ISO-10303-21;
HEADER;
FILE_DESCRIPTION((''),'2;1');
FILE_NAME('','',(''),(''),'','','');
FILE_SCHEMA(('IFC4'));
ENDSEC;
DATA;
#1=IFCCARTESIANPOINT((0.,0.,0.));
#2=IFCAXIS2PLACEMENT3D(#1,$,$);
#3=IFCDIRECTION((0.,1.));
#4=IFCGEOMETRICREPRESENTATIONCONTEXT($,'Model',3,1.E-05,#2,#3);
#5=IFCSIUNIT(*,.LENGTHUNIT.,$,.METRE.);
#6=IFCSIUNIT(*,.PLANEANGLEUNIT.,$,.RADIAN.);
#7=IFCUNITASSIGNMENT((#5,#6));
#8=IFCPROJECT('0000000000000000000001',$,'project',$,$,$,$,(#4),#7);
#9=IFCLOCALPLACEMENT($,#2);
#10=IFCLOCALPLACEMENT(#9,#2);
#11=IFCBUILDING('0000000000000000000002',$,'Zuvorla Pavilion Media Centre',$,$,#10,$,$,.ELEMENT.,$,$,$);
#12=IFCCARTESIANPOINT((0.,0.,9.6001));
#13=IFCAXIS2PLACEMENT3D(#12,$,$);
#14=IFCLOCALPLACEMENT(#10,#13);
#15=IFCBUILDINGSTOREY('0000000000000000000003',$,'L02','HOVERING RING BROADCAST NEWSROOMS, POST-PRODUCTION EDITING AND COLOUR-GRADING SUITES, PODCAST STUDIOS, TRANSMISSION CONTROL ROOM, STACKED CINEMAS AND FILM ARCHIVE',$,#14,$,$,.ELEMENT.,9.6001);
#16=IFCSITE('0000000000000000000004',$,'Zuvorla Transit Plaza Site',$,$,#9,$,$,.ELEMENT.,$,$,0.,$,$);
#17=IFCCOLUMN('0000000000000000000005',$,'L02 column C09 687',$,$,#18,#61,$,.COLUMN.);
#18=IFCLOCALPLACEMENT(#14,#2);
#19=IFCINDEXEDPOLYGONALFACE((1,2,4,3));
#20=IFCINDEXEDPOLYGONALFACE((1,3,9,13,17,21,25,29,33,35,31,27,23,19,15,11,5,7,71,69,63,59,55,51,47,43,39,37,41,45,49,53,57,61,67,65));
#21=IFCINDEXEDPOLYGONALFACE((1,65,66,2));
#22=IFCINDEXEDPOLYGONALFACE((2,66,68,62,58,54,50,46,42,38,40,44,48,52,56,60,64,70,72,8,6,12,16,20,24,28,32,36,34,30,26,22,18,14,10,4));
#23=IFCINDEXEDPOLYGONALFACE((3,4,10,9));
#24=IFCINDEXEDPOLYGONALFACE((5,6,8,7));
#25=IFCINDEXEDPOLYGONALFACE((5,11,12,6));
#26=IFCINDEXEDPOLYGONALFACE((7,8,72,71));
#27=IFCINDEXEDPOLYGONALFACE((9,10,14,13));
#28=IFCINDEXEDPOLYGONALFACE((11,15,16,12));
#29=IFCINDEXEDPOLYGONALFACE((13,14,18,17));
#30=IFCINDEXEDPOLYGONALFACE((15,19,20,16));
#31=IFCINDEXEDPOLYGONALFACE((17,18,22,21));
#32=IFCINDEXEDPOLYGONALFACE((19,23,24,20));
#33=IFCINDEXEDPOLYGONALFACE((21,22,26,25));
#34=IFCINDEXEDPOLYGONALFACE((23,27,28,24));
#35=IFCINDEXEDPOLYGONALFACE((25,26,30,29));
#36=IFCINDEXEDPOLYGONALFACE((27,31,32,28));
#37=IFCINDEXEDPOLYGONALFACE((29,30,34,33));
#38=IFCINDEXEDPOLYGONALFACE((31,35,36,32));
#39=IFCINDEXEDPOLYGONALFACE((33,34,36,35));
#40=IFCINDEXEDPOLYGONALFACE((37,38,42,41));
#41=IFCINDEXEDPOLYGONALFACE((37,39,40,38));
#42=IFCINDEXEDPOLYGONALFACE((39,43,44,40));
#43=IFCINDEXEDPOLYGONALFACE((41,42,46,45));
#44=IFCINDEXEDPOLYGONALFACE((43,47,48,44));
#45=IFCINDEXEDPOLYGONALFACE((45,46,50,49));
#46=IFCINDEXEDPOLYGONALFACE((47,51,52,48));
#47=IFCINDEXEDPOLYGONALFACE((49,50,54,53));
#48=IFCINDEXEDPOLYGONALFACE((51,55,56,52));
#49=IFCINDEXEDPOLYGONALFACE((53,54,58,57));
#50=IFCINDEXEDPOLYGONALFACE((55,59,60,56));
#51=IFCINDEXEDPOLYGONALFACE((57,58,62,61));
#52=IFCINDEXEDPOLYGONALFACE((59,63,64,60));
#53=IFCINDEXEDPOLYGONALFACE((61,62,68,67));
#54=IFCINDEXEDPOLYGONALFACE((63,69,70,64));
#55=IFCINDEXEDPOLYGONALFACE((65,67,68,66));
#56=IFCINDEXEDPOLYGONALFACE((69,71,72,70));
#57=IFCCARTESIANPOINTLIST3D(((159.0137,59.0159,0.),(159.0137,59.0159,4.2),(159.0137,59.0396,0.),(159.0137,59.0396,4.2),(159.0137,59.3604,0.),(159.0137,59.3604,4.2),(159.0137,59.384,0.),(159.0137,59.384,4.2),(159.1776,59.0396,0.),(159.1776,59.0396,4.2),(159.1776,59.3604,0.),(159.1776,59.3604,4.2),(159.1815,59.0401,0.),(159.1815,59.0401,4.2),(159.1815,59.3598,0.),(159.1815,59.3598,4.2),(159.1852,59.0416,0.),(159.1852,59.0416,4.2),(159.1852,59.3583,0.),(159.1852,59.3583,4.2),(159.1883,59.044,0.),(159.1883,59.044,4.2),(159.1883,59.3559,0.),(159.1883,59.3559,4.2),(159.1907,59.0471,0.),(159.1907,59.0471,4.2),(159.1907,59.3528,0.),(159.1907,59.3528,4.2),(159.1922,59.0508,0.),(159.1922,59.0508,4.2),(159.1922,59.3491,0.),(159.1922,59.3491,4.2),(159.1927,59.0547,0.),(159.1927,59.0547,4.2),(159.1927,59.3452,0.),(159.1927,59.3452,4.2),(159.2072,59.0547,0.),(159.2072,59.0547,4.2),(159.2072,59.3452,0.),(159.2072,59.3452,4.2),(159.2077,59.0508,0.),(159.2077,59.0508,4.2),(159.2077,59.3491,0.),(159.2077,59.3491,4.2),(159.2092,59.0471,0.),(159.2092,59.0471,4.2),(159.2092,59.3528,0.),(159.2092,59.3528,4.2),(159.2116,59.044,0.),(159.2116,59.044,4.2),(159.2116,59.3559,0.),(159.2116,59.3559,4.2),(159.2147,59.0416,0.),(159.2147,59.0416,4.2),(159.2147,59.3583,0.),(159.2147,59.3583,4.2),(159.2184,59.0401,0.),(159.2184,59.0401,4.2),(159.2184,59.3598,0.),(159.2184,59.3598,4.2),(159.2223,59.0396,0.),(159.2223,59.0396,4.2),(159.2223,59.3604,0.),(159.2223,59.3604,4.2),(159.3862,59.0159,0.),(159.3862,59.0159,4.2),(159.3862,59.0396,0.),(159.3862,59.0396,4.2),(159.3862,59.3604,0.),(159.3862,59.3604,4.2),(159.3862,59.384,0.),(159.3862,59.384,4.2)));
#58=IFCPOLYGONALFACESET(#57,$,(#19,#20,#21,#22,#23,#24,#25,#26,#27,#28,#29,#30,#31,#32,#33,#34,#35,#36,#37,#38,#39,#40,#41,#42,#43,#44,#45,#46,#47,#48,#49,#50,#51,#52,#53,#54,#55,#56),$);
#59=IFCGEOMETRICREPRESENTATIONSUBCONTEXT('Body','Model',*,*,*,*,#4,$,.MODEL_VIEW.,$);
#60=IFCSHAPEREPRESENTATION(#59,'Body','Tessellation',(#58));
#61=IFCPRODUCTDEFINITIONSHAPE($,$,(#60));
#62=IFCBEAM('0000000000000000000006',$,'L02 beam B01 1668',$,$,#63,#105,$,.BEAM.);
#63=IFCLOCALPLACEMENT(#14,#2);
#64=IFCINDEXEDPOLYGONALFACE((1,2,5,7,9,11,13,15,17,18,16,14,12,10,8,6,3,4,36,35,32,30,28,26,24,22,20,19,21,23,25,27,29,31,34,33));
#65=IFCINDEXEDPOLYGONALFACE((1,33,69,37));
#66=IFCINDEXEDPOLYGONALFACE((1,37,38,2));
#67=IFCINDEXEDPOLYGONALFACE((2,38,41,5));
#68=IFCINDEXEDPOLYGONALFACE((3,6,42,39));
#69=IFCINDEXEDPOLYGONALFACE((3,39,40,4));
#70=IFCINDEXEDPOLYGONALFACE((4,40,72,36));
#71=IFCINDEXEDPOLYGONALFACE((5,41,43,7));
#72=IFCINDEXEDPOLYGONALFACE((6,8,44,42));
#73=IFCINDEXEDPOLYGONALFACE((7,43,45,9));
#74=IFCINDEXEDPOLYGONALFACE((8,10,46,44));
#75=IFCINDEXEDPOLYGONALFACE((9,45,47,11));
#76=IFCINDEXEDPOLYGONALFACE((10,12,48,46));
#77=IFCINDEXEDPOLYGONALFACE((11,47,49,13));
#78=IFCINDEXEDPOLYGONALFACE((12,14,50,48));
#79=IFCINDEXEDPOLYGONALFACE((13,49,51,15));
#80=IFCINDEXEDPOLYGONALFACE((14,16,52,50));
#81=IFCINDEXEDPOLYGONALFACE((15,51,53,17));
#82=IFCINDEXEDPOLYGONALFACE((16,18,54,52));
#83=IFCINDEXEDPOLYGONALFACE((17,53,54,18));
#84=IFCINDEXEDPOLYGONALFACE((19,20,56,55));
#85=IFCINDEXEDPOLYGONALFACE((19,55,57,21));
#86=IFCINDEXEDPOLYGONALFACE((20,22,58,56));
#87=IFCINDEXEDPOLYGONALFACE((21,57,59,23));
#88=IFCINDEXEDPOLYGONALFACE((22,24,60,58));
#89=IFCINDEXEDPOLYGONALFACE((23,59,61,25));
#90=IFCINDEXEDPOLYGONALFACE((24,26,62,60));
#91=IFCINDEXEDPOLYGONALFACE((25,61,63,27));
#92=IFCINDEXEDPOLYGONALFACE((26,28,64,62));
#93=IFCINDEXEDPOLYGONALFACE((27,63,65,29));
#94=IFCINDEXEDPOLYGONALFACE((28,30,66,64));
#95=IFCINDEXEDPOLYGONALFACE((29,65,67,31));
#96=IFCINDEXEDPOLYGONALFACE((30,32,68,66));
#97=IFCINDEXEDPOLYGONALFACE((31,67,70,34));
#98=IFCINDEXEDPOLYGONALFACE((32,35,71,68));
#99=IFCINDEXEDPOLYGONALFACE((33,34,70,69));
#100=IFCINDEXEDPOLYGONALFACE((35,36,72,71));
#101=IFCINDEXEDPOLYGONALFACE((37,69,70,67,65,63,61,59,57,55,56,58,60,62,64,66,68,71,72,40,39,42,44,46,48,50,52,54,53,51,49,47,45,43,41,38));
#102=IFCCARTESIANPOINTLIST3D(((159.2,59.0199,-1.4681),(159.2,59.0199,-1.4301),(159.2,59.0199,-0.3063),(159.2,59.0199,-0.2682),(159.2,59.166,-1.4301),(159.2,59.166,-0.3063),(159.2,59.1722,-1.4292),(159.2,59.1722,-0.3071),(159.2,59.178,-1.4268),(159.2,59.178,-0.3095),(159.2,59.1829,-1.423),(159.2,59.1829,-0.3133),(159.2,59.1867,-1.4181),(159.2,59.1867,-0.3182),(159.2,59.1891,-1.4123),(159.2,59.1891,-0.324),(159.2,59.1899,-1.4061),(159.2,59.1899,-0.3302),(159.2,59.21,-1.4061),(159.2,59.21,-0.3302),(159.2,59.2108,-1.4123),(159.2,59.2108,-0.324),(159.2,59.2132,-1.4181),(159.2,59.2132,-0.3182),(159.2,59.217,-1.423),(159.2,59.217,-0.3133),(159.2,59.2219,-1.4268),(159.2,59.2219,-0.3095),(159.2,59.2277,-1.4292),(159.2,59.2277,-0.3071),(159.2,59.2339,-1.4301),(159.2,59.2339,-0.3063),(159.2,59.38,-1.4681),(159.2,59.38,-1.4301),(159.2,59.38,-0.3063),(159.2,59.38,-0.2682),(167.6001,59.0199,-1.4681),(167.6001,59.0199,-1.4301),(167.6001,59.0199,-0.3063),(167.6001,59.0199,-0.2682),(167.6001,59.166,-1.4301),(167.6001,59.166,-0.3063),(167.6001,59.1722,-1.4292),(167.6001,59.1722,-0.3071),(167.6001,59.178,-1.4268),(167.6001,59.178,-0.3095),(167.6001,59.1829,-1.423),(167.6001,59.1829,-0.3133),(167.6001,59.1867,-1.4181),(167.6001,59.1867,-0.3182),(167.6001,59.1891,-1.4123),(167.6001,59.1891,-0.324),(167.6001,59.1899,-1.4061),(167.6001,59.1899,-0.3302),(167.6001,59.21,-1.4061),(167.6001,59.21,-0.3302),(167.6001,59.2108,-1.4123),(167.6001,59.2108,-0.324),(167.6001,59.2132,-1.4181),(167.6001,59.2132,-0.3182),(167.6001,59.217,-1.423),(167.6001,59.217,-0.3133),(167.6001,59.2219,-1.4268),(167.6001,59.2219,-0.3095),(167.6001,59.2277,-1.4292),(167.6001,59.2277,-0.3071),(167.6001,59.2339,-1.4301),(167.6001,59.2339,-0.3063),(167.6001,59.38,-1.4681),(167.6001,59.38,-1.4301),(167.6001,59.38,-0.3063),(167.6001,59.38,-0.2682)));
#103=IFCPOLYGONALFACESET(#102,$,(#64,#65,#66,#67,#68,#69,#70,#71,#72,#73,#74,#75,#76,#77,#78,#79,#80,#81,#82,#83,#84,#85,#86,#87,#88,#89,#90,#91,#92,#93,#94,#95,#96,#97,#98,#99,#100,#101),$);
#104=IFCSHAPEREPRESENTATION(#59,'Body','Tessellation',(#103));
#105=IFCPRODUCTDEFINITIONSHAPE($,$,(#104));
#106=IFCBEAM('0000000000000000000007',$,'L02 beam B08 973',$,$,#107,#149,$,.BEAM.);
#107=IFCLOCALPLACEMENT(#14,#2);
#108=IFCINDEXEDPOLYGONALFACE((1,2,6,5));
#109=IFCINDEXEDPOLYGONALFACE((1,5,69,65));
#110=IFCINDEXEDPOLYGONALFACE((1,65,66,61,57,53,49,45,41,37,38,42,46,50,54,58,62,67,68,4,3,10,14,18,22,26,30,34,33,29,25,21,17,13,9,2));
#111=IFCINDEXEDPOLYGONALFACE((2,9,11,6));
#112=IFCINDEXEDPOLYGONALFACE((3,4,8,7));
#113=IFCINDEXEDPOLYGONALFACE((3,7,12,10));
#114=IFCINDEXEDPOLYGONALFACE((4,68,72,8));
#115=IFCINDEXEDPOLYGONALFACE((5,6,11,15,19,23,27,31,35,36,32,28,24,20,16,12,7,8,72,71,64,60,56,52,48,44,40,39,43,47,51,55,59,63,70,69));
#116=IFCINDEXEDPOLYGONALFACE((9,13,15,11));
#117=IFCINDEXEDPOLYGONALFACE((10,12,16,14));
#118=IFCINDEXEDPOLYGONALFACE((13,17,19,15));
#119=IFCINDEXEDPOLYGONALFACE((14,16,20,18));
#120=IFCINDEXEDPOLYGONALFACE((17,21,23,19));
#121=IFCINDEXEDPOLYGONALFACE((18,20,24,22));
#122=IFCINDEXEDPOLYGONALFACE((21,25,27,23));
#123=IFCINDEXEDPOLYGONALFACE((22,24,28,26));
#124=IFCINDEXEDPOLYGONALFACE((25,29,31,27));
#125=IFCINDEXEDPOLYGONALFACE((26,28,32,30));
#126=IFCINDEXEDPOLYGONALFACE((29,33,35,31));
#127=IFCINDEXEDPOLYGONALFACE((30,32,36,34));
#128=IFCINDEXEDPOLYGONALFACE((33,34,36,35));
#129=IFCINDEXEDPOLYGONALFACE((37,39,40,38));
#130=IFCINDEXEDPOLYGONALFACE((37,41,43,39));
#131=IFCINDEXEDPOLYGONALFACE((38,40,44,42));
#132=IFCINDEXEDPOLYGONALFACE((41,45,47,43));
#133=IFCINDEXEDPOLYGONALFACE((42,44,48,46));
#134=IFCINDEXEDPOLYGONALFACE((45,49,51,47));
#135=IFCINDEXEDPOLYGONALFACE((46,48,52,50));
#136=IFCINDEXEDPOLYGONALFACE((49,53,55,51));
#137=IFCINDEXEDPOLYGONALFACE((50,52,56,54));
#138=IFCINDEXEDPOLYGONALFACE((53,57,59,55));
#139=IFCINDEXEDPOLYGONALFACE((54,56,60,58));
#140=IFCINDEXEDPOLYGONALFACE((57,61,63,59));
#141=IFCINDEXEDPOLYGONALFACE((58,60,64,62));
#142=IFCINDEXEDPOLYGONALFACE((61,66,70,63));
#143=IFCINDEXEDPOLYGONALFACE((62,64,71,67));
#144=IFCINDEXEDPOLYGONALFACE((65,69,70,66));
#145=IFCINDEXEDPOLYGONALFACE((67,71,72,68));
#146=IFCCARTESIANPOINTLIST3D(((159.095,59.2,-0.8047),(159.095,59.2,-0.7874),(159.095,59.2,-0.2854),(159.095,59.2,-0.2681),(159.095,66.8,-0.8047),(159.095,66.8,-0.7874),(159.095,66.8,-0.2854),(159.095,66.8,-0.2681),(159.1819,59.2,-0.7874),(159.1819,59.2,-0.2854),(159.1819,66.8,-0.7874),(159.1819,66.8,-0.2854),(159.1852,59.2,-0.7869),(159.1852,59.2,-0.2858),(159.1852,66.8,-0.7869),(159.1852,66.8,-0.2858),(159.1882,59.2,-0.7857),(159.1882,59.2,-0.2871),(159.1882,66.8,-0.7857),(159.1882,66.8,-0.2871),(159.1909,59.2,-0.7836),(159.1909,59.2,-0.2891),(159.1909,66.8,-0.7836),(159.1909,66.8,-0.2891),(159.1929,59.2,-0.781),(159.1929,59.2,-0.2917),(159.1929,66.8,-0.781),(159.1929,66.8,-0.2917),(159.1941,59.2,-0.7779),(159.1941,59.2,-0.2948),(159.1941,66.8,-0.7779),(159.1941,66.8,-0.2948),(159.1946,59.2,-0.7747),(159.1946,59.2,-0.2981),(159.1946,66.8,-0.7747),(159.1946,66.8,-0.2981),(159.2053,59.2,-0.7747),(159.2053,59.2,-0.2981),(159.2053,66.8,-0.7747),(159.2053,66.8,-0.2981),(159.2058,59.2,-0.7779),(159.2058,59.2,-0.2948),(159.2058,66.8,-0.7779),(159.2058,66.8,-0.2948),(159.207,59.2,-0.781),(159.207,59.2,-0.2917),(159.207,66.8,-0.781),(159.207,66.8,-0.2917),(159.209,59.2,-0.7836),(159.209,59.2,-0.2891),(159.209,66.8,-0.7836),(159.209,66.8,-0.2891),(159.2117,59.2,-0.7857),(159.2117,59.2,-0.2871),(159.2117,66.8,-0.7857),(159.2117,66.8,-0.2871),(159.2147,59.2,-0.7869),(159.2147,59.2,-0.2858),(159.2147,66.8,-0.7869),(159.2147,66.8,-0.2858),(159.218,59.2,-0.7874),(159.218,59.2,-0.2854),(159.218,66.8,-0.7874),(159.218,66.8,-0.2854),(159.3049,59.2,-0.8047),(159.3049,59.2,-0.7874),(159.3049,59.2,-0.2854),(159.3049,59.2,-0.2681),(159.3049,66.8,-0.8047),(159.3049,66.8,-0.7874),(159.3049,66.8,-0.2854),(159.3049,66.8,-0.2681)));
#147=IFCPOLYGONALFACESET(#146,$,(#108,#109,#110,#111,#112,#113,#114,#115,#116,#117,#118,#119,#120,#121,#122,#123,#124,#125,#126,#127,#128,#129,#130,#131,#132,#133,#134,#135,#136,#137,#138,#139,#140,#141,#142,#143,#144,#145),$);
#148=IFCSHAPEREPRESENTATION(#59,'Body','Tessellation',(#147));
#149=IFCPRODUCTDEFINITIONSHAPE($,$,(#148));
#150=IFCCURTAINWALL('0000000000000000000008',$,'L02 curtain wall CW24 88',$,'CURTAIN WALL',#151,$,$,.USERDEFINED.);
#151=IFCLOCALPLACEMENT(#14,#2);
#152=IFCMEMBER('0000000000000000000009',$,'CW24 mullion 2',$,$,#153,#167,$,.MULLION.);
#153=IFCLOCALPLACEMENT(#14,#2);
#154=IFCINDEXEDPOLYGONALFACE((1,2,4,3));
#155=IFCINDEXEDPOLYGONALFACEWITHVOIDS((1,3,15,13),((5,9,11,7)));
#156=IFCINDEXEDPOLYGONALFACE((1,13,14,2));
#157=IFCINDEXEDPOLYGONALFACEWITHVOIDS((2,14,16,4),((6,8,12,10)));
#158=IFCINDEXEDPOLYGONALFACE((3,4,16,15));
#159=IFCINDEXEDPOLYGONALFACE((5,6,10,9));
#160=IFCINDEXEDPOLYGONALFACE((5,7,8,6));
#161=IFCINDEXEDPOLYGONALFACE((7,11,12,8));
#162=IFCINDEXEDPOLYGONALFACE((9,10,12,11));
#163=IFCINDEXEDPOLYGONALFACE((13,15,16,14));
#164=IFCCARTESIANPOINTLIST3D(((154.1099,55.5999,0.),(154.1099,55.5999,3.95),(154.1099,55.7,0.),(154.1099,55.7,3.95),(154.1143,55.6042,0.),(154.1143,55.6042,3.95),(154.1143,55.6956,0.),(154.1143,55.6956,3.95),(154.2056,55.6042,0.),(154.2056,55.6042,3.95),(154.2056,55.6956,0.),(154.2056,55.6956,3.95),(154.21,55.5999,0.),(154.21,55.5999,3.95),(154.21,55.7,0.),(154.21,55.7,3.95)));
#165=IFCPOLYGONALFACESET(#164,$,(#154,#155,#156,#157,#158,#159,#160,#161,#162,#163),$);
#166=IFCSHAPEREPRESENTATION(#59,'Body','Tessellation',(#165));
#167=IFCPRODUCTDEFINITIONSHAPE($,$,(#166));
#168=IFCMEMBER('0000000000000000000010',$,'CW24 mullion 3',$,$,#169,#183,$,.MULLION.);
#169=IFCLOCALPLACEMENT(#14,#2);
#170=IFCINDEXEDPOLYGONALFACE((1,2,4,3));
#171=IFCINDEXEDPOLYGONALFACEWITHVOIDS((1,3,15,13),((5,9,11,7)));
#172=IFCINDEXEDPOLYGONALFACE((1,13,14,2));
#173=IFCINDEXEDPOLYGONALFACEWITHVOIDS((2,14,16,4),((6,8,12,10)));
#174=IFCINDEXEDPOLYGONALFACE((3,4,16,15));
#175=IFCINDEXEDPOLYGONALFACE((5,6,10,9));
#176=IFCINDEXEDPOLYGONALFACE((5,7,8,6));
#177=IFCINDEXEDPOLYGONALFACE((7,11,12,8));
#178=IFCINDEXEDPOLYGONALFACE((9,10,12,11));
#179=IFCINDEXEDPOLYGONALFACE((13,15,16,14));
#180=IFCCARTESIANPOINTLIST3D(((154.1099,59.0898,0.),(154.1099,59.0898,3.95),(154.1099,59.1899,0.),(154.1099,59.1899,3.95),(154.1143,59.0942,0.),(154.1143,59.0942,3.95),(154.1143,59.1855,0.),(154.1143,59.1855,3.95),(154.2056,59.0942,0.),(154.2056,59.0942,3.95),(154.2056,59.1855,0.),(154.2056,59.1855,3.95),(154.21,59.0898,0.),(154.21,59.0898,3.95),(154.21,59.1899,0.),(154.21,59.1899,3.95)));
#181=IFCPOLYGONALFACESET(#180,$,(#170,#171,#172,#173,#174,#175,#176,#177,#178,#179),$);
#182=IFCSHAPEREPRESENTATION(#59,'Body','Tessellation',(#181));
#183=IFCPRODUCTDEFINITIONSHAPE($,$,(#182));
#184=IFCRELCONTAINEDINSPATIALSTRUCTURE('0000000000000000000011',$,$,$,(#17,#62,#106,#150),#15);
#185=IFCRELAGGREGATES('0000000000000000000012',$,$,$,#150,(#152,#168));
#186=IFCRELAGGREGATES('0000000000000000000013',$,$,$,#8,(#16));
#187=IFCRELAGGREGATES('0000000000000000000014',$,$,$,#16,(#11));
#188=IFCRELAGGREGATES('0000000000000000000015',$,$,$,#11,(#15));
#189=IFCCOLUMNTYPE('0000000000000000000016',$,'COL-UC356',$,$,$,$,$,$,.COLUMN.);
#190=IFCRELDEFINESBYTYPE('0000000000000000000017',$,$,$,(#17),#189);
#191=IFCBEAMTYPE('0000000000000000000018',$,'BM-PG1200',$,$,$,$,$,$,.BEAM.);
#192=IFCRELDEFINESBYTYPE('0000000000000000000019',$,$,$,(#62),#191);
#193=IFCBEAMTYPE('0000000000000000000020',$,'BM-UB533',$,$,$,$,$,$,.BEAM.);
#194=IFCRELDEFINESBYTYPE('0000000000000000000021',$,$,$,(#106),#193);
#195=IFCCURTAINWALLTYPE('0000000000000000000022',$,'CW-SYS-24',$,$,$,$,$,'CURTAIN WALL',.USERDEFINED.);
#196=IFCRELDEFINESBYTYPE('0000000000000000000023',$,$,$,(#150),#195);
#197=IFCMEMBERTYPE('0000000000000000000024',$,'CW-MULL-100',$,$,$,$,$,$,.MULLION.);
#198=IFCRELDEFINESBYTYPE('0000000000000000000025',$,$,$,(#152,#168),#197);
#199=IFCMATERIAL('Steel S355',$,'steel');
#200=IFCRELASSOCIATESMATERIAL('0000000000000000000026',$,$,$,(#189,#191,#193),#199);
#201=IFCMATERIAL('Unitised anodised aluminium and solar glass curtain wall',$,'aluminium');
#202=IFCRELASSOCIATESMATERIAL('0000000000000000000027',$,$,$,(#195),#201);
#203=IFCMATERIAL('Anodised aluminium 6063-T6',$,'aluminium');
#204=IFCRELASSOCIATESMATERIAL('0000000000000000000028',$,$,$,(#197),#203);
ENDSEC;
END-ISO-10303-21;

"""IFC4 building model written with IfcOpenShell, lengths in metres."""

from ifc_helpers import new_model, si_unit, direction, frame, origin, origin_2d, place, context, subcontext, project, spatial, hollow_rectangle, i_section, extrude, material, material_profile, profile_set, type_object, element, aggregate, save


model = new_model("IFC4")

# Units and contexts
model_context = context("Model", 3, precision=1e-05, world=origin(), true_north=direction((0.0, 1.0)))
body_context = subcontext(model_context, "Body", "Model", "MODEL_VIEW")
ifc_project = project(units=[si_unit("LENGTHUNIT", "METRE"), si_unit("PLANEANGLEUNIT", "RADIAN")], contexts=[model_context])

# Site, building, storey
site_placement = place(None, origin())
site = spatial("IfcSite", under=ifc_project, at=site_placement, Name="Zuvorla Transit Plaza Site", CompositionType="ELEMENT", RefElevation=0.0)
building_placement = place(site_placement, origin())
building = spatial("IfcBuilding", under=site, at=building_placement, Name="Zuvorla Pavilion Media Centre", CompositionType="ELEMENT")
storey_placement = place(building_placement, frame((0.0, 0.0, 9.6001)))
storey = spatial("IfcBuildingStorey", under=building, at=storey_placement, Name="L02", Description="HOVERING RING BROADCAST NEWSROOMS, POST-PRODUCTION EDITING AND COLOUR-GRADING SUITES, PODCAST STUDIOS, TRANSMISSION CONTROL ROOM, STACKED CINEMAS AND FILM ARCHIVE", CompositionType="ELEMENT", Elevation=9.6001)

# Column
ifc_material_1 = material(Name="Steel S355", Category="steel")
ifc_material_profile_1 = material_profile(ifc_material_1, i_section(OverallWidth=0.3726, OverallDepth=0.3682, WebThickness=0.0144, FlangeThickness=0.0237, FilletRadius=0.0151, at=origin_2d()), Name="UC 356x368x177")
ifc_profile_set_1 = profile_set([ifc_material_profile_1], Name="Steel S355")
column_type = type_object("IfcColumnType", Name="COL-UC356", PredefinedType="COLUMN", material=ifc_profile_set_1)
column_placement = place(storey_placement, frame((159.2, 59.2, 0.0), z_axis=(0.0, 0.0, 1.0), x_axis=(1.0, 0.0, 0.0)))
element("IfcColumn", 1, at=column_placement, inside=storey, type_object=column_type, Name="L02 column C09 687", PredefinedType="COLUMN", context=body_context, shape_type="SweptSolid", body=[
    extrude(i_section(OverallWidth=0.3726, OverallDepth=0.3682, WebThickness=0.0144, FlangeThickness=0.0237, FilletRadius=0.0151, at=origin_2d()), origin(), (0.0, 0.0, 1.0), 4.2),
])

# Beams
ifc_material_profile_2 = material_profile(ifc_material_1, i_section(OverallWidth=0.3601, OverallDepth=1.2, WebThickness=0.02, FlangeThickness=0.0381, FilletRadius=0.0239, at=origin_2d()), Name="PG 1200x360x38")
ifc_profile_set_2 = profile_set([ifc_material_profile_2], Name="Steel S355")
beam_type_1 = type_object("IfcBeamType", Name="BM-PG1200", PredefinedType="BEAM", material=ifc_profile_set_2)
beam_1_placement = place(storey_placement, frame((159.2, 59.2, -0.8682), z_axis=(1.0, 0.0, 0.0), x_axis=(0.0, 1.0, 0.0)))
element("IfcBeam", 2, at=beam_1_placement, inside=storey, type_object=beam_type_1, Name="L02 beam B01 1668", PredefinedType="BEAM", context=body_context, shape_type="SweptSolid", body=[
    extrude(i_section(OverallWidth=0.3601, OverallDepth=1.2, WebThickness=0.02, FlangeThickness=0.0381, FilletRadius=0.0239, at=origin_2d()), origin(), (0.0, 0.0, 1.0), 8.4001),
])
ifc_material_profile_3 = material_profile(ifc_material_1, i_section(OverallWidth=0.21, OverallDepth=0.5366, WebThickness=0.0107, FlangeThickness=0.0173, FilletRadius=0.0127, at=origin_2d()), Name="UB 533x210x101")
ifc_profile_set_3 = profile_set([ifc_material_profile_3], Name="Steel S355")
beam_type_2 = type_object("IfcBeamType", Name="BM-UB533", PredefinedType="BEAM", material=ifc_profile_set_3)
beam_2_placement = place(storey_placement, frame((159.2, 59.2, -0.5364), z_axis=(0.0, 1.0, 0.0), x_axis=(-1.0, 0.0, 0.0)))
element("IfcBeam", 3, at=beam_2_placement, inside=storey, type_object=beam_type_2, Name="L02 beam B08 973", PredefinedType="BEAM", context=body_context, shape_type="SweptSolid", body=[
    extrude(i_section(OverallWidth=0.21, OverallDepth=0.5366, WebThickness=0.0107, FlangeThickness=0.0173, FilletRadius=0.0127, at=origin_2d()), origin(), (0.0, 0.0, 1.0), 7.6001),
])

# Curtain wall, members
ifc_material_2 = material(Name="Unitised anodised aluminium and solar glass curtain wall", Category="aluminium")
curtain_wall_type_1 = type_object("IfcCurtainWallType", Name="CW-SYS-24", ElementType="CURTAIN WALL", PredefinedType="USERDEFINED", material=ifc_material_2)
curtain_wall_1_placement = place(storey_placement, origin())
curtain_wall_1 = element("IfcCurtainWall", 4, at=curtain_wall_1_placement, inside=storey, type_object=curtain_wall_type_1, Name="L02 curtain wall CW24 88", ObjectType="CURTAIN WALL", PredefinedType="USERDEFINED")
ifc_material_3 = material(Name="Anodised aluminium 6063-T6", Category="aluminium")
ifc_material_profile_4 = material_profile(ifc_material_3, hollow_rectangle(XDim=0.1001, YDim=0.1001, WallThickness=0.0044, at=origin_2d()), Name="ALU MULL 100x100")
ifc_profile_set_4 = profile_set([ifc_material_profile_4], Name="Anodised aluminium 6063-T6")
member_type_1 = type_object("IfcMemberType", Name="CW-MULL-100", PredefinedType="MULLION", material=ifc_profile_set_4)
member_1_placement = place(storey_placement, frame((154.1599, 55.6499, 0.0), z_axis=(0.0, 0.0, 1.0), x_axis=(1.0, 0.0, 0.0)))
member_1 = element("IfcMember", 5, at=member_1_placement, type_object=member_type_1, Name="CW24 mullion 2", PredefinedType="MULLION", context=body_context, shape_type="SweptSolid", body=[
    extrude(hollow_rectangle(XDim=0.1001, YDim=0.1001, WallThickness=0.0044, at=origin_2d()), origin(), (0.0, 0.0, 1.0), 3.95),
])
member_2_placement = place(storey_placement, frame((154.1599, 59.1399, 0.0), z_axis=(0.0, 0.0, 1.0), x_axis=(1.0, 0.0, 0.0)))
member_2 = element("IfcMember", 6, at=member_2_placement, type_object=member_type_1, Name="CW24 mullion 3", PredefinedType="MULLION", context=body_context, shape_type="SweptSolid", body=[
    extrude(hollow_rectangle(XDim=0.1001, YDim=0.1001, WallThickness=0.0044, at=origin_2d()), origin(), (0.0, 0.0, 1.0), 3.95),
])

aggregate(curtain_wall_1, [member_1, member_2])

save(model, "model.ifc")
